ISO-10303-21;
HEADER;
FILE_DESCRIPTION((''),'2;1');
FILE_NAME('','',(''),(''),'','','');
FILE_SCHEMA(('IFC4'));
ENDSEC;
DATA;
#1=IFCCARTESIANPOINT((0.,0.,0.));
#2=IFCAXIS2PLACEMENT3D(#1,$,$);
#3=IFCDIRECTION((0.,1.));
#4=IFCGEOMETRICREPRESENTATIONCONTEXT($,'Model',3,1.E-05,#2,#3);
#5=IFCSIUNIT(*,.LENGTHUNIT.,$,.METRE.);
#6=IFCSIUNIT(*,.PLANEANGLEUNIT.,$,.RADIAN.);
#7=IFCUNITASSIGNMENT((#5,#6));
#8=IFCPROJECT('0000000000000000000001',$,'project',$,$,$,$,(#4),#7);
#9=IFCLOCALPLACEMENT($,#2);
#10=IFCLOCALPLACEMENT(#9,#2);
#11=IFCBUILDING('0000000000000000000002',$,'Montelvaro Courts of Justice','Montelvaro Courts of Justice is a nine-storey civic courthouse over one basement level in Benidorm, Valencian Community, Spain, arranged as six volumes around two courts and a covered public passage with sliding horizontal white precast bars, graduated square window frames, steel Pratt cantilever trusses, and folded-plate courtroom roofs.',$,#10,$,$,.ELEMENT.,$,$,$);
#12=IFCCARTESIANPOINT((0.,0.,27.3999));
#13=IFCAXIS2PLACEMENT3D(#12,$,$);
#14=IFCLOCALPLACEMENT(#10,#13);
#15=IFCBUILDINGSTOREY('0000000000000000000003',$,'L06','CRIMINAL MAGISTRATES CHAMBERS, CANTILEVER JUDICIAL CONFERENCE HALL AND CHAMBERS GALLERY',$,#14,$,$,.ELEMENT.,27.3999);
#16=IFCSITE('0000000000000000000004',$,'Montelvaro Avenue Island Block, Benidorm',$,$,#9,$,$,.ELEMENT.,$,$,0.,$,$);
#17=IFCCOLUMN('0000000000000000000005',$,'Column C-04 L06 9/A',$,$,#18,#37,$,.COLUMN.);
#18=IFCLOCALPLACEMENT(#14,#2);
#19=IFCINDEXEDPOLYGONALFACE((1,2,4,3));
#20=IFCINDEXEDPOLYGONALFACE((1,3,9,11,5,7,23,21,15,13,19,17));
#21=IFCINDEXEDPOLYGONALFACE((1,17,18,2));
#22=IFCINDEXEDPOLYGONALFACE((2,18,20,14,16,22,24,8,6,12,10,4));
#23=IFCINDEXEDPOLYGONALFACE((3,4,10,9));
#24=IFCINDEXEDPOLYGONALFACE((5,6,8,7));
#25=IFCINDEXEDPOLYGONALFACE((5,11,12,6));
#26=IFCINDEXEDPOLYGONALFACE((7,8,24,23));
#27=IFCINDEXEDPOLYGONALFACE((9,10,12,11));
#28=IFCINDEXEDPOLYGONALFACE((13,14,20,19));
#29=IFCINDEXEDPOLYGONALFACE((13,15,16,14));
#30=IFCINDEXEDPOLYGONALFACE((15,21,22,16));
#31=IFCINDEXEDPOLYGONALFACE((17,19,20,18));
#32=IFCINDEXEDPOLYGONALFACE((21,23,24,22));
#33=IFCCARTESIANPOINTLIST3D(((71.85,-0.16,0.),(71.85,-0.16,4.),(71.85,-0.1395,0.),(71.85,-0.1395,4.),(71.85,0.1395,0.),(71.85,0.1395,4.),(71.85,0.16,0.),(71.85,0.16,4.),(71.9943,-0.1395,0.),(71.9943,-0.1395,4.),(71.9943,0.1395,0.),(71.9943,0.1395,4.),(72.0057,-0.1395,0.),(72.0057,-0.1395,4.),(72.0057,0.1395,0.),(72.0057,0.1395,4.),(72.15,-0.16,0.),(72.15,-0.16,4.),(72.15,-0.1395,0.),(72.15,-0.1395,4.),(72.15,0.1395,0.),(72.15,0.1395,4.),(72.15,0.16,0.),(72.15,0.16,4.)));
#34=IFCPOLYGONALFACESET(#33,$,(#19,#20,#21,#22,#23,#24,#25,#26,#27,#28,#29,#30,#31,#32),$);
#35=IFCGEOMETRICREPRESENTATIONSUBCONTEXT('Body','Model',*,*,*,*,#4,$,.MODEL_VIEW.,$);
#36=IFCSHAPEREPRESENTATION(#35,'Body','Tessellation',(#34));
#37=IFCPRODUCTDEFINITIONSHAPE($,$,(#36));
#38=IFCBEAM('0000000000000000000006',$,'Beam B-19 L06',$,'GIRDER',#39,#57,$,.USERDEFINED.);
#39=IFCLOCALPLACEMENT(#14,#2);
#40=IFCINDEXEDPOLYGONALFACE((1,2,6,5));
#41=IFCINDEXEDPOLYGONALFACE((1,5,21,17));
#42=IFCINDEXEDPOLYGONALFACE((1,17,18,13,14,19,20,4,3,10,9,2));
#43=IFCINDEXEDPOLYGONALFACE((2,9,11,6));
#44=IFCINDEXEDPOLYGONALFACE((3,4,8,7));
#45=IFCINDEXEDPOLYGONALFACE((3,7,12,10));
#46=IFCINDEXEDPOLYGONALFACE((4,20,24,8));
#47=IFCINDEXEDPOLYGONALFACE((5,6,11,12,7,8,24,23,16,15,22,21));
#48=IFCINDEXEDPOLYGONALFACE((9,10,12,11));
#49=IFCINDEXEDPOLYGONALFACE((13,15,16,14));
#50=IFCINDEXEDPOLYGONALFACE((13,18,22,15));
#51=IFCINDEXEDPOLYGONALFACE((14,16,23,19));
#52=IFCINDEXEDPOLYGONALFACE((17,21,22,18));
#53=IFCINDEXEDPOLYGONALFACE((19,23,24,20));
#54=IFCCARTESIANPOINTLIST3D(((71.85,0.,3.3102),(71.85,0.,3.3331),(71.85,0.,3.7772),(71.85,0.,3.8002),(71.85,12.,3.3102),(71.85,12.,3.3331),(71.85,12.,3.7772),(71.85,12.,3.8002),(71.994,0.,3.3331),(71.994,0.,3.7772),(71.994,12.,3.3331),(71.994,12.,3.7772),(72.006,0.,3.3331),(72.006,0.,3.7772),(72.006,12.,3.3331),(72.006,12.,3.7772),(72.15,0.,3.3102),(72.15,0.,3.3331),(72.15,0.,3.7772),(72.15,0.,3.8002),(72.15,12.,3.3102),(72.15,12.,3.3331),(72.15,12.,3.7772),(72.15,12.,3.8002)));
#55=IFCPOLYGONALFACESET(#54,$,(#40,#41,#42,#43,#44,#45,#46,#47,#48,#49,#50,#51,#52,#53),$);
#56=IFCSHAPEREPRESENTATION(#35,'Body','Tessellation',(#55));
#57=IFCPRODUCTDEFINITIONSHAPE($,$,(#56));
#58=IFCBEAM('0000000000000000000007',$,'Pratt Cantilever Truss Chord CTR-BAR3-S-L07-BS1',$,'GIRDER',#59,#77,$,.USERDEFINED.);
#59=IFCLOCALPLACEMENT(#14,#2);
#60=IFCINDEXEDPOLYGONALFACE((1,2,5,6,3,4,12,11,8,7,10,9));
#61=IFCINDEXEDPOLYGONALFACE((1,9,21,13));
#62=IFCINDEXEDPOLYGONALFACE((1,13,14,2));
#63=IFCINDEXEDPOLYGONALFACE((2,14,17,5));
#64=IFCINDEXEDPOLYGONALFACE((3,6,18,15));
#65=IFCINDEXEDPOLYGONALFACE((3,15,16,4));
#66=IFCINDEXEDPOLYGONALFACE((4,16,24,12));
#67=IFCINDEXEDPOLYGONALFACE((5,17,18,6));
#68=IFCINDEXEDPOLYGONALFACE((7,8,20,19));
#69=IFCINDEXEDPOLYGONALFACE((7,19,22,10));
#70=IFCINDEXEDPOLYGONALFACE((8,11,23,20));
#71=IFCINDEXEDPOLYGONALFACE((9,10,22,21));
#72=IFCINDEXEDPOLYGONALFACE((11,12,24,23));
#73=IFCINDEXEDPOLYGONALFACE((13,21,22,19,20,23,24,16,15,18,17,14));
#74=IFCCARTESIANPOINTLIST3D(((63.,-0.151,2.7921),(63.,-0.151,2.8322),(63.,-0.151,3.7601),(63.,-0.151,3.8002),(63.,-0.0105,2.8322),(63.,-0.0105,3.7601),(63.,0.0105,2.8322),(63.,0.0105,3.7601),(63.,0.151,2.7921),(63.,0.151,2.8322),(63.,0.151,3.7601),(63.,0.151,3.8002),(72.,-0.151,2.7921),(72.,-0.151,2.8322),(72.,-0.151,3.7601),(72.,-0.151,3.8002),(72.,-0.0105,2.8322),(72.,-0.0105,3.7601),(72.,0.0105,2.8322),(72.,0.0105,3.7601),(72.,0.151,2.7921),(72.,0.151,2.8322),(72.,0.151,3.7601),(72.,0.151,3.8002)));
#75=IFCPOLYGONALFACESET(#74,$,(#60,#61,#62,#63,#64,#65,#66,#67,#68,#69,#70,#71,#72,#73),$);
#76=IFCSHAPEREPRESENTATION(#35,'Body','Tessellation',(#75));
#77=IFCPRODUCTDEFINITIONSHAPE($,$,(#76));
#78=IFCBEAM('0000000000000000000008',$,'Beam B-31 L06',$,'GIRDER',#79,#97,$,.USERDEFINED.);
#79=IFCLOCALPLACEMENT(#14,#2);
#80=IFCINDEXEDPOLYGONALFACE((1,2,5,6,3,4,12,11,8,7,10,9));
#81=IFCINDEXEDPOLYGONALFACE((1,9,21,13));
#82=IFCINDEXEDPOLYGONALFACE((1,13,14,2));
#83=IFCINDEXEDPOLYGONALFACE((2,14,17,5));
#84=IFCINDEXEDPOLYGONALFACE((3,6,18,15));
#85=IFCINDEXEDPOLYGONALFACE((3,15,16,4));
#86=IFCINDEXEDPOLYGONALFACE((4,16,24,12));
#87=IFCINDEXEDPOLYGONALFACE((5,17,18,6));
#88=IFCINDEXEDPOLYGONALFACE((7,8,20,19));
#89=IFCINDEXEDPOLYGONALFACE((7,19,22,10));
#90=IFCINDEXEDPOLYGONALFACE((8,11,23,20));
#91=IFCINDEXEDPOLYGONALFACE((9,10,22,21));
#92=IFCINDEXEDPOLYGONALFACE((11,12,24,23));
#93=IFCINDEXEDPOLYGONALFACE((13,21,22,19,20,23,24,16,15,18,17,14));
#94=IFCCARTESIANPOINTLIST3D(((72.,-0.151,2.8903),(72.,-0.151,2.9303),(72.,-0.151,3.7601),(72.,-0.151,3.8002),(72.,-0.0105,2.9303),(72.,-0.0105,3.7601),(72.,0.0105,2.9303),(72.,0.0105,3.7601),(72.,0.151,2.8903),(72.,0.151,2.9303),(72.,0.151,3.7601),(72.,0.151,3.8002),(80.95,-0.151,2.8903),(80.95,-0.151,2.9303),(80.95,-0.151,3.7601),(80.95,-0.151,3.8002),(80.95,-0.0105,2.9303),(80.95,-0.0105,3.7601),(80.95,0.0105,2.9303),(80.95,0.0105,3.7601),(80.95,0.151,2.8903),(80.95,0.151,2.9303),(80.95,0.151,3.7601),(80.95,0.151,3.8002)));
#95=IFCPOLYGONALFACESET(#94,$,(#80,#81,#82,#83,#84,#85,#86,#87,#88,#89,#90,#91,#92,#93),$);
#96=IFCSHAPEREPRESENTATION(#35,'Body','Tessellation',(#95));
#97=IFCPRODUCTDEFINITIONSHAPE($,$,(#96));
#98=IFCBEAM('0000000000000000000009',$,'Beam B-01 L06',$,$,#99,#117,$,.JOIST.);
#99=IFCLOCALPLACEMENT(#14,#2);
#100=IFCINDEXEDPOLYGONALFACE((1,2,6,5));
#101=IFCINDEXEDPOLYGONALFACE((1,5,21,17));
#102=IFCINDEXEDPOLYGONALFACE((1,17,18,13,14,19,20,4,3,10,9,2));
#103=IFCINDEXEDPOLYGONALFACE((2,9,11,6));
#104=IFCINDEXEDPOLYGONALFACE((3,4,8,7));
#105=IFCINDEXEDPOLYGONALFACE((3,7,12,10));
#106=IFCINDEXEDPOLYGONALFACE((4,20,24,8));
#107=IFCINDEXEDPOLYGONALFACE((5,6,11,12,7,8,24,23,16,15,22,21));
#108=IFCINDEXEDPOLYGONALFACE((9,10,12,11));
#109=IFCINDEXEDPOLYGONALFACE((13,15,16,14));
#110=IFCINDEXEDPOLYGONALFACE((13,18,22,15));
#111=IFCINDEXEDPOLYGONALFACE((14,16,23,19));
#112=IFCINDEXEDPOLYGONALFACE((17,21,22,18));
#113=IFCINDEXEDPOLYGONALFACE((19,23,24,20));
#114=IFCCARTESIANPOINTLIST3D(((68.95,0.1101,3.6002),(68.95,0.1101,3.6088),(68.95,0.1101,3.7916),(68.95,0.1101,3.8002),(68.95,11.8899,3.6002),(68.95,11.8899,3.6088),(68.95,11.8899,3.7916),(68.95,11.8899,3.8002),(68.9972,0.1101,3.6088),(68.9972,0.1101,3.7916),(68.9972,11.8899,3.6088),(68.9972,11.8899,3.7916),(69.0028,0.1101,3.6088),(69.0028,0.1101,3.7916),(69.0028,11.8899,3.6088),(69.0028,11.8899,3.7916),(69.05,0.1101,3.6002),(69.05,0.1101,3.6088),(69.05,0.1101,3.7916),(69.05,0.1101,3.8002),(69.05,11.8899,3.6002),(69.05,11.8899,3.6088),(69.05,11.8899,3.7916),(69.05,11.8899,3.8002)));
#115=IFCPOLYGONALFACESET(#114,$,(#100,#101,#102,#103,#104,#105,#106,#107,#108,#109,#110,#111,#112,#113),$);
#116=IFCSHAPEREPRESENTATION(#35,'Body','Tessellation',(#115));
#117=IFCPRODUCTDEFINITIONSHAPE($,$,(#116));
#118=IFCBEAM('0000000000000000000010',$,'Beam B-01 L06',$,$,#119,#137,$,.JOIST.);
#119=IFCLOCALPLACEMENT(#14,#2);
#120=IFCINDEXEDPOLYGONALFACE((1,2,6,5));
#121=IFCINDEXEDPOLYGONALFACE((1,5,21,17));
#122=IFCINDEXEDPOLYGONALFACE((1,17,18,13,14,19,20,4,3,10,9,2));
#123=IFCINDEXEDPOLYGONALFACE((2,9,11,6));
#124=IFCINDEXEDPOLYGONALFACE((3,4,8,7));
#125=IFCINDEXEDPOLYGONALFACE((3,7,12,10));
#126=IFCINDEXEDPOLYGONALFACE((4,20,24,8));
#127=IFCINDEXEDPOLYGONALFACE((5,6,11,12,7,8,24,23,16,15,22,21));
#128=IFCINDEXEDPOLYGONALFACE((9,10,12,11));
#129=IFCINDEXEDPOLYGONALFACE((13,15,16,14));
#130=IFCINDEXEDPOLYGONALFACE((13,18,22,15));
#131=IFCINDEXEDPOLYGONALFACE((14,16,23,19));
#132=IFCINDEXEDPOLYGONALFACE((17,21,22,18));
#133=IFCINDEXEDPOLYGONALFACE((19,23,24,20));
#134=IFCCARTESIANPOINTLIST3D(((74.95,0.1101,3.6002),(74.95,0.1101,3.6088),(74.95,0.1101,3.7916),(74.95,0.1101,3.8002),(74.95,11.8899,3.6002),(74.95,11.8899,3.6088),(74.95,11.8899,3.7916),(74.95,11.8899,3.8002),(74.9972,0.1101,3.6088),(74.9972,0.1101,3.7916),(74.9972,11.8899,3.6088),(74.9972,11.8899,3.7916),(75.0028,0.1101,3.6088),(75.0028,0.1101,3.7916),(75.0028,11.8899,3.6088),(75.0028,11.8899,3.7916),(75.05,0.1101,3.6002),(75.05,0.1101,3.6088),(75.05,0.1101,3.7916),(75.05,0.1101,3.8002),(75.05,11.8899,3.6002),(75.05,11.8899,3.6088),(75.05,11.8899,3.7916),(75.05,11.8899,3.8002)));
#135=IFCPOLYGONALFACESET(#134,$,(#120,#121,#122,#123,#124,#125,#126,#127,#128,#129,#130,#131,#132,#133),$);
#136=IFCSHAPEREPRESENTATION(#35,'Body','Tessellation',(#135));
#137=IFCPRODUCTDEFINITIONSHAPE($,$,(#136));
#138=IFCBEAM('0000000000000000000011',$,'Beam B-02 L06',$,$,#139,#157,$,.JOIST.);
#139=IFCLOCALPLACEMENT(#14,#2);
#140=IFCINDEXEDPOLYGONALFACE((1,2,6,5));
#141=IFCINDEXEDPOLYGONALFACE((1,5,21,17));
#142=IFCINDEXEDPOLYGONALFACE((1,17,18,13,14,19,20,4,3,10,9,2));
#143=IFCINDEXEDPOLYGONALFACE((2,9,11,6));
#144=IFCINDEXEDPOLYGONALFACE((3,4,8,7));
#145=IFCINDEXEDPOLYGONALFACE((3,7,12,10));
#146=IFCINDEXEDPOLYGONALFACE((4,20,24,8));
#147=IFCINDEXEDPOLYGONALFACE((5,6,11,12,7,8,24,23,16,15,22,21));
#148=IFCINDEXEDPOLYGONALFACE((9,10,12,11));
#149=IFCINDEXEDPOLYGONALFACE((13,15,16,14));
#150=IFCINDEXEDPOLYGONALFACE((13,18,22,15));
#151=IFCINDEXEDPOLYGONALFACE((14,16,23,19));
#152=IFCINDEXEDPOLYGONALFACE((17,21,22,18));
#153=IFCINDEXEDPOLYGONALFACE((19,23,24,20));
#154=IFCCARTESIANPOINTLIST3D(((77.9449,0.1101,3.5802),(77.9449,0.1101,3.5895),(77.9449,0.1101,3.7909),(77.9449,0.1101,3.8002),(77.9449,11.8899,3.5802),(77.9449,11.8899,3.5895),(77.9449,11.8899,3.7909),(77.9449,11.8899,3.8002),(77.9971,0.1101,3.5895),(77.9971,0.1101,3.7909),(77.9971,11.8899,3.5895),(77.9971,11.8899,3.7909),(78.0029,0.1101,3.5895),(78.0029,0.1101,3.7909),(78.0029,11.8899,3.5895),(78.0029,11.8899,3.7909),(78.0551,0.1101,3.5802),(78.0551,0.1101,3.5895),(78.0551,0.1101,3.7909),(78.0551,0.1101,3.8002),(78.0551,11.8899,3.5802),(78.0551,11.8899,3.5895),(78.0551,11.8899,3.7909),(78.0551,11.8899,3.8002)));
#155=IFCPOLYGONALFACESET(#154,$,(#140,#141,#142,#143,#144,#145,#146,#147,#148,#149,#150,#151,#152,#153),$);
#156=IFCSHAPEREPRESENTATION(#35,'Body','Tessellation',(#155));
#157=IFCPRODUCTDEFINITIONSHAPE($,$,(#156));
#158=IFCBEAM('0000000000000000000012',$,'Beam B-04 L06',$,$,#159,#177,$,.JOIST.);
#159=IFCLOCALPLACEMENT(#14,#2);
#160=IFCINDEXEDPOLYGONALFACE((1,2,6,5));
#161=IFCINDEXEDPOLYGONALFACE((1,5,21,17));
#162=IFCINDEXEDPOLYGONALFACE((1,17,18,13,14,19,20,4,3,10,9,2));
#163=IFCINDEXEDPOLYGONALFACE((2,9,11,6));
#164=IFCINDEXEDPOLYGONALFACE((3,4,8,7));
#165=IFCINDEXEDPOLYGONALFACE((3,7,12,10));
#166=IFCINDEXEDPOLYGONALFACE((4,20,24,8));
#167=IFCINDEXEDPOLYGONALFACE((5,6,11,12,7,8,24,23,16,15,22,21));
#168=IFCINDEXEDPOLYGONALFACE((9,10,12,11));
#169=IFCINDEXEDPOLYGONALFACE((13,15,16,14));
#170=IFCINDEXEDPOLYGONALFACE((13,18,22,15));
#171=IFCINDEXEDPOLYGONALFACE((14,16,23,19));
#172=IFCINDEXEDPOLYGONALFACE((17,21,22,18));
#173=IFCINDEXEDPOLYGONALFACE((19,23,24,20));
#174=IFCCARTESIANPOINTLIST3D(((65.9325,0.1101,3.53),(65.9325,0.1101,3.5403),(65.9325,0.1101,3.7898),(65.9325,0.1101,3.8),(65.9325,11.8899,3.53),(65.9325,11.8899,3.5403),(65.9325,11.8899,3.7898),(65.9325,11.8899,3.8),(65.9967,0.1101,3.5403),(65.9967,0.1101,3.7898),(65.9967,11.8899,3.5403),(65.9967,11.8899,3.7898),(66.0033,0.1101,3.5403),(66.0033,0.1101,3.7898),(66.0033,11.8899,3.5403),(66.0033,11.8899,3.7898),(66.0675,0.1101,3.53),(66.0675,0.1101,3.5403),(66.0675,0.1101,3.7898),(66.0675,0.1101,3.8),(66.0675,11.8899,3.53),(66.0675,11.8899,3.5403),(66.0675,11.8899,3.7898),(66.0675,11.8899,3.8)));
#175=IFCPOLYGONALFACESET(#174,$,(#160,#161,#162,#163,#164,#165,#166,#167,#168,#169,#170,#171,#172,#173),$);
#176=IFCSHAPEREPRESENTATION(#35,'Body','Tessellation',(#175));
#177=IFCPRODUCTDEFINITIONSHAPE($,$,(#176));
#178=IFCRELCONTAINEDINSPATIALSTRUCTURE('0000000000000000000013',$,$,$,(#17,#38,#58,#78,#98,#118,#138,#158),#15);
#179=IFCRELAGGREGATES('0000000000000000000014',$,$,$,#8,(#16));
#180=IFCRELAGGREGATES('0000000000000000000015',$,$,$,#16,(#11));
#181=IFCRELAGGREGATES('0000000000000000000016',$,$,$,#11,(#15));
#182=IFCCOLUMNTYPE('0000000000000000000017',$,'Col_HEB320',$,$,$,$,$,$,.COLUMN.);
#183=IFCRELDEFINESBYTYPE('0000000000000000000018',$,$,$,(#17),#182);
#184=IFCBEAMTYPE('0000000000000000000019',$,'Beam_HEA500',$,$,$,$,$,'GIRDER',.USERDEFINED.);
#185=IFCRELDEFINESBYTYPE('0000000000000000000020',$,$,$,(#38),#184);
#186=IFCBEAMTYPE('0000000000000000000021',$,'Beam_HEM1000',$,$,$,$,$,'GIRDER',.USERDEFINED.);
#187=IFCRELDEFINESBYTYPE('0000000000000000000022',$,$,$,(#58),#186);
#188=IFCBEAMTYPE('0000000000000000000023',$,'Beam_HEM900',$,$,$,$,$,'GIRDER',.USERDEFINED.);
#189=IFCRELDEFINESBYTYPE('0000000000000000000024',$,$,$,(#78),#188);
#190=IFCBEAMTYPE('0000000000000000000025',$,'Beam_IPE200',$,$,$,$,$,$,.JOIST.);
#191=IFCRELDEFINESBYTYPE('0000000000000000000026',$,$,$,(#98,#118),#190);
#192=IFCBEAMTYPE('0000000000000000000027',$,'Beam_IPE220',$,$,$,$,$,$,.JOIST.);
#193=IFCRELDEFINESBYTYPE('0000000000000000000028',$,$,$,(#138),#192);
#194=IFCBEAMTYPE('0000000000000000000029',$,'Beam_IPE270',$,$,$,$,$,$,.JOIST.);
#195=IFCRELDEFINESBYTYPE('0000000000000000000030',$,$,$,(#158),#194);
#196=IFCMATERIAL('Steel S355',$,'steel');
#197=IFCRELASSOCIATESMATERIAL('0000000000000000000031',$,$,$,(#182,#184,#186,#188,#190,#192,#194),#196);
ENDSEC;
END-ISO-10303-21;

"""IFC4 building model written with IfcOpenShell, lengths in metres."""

from ifc_helpers import new_model, si_unit, direction, frame, origin, origin_2d, place, context, subcontext, project, spatial, i_section, extrude, material, material_profile, profile_set, type_object, element, save


model = new_model("IFC4")

# Units and contexts
model_context = context("Model", 3, precision=1e-05, world=origin(), true_north=direction((0.0, 1.0)))
body_context = subcontext(model_context, "Body", "Model", "MODEL_VIEW")
ifc_project = project(units=[si_unit("LENGTHUNIT", "METRE"), si_unit("PLANEANGLEUNIT", "RADIAN")], contexts=[model_context])

# Site, building, storey
site_placement = place(None, origin())
site = spatial("IfcSite", under=ifc_project, at=site_placement, Name="Montelvaro Avenue Island Block, Benidorm", CompositionType="ELEMENT", RefElevation=0.0)
building_placement = place(site_placement, origin())
building = spatial("IfcBuilding", under=site, at=building_placement, Name="Montelvaro Courts of Justice", Description="Montelvaro Courts of Justice is a nine-storey civic courthouse over one basement level in Benidorm, Valencian Community, Spain, arranged as six volumes around two courts and a covered public passage with sliding horizontal white precast bars, graduated square window frames, steel Pratt cantilever trusses, and folded-plate courtroom roofs.", CompositionType="ELEMENT")
storey_placement = place(building_placement, frame((0.0, 0.0, 27.3999)))
storey = spatial("IfcBuildingStorey", under=building, at=storey_placement, Name="L06", Description="CRIMINAL MAGISTRATES CHAMBERS, CANTILEVER JUDICIAL CONFERENCE HALL AND CHAMBERS GALLERY", CompositionType="ELEMENT", Elevation=27.3999)

# Column
ifc_material_1 = material(Name="Steel S355", Category="steel")
ifc_material_profile_1 = material_profile(ifc_material_1, i_section(OverallWidth=0.3, OverallDepth=0.3201, WebThickness=0.0115, FlangeThickness=0.0205, at=origin_2d()), Name="HEB 320")
ifc_profile_set_1 = profile_set([ifc_material_profile_1], Name="Steel S355")
column_type = type_object("IfcColumnType", Name="Col_HEB320", PredefinedType="COLUMN", material=ifc_profile_set_1)
column_placement = place(storey_placement, frame((72.0, 0.0, 0.0), z_axis=(0.0, 0.0, 1.0), x_axis=(1.0, 0.0, 0.0)))
element("IfcColumn", 1, at=column_placement, inside=storey, type_object=column_type, Name="Column C-04 L06 9/A", PredefinedType="COLUMN", context=body_context, shape_type="SweptSolid", body=[
    extrude(i_section(OverallWidth=0.3, OverallDepth=0.3201, WebThickness=0.0115, FlangeThickness=0.0205, at=origin_2d()), origin(), (0.0, 0.0, 1.0), 4.0),
])

# Beams
ifc_material_profile_2 = material_profile(ifc_material_1, i_section(OverallWidth=0.3, OverallDepth=0.49, WebThickness=0.012, FlangeThickness=0.0229, at=origin_2d()), Name="HEA 500")
ifc_profile_set_2 = profile_set([ifc_material_profile_2], Name="Steel S355")
beam_type_1 = type_object("IfcBeamType", Name="Beam_HEA500", ElementType="GIRDER", PredefinedType="USERDEFINED", material=ifc_profile_set_2)
beam_1_placement = place(storey_placement, frame((72.0, 0.0, 3.5552), z_axis=(0.0, 1.0, 0.0), x_axis=(-1.0, 0.0, 0.0)))
element("IfcBeam", 2, at=beam_1_placement, inside=storey, type_object=beam_type_1, Name="Beam B-19 L06", ObjectType="GIRDER", PredefinedType="USERDEFINED", context=body_context, shape_type="SweptSolid", body=[
    extrude(i_section(OverallWidth=0.3, OverallDepth=0.49, WebThickness=0.012, FlangeThickness=0.0229, at=origin_2d()), origin(), (0.0, 0.0, 1.0), 12.0),
])
ifc_material_profile_3 = material_profile(ifc_material_1, i_section(OverallWidth=0.302, OverallDepth=1.0081, WebThickness=0.021, FlangeThickness=0.04, at=origin_2d()), Name="HEM 1000")
ifc_profile_set_3 = profile_set([ifc_material_profile_3], Name="Steel S355")
beam_type_2 = type_object("IfcBeamType", Name="Beam_HEM1000", ElementType="GIRDER", PredefinedType="USERDEFINED", material=ifc_profile_set_3)
beam_2_placement = place(storey_placement, frame((72.0, 0.0, 3.2961), z_axis=(-1.0, 0.0, 0.0), x_axis=(0.0, -1.0, 0.0)))
element("IfcBeam", 3, at=beam_2_placement, inside=storey, type_object=beam_type_2, Name="Pratt Cantilever Truss Chord CTR-BAR3-S-L07-BS1", ObjectType="GIRDER", PredefinedType="USERDEFINED", context=body_context, shape_type="SweptSolid", body=[
    extrude(i_section(OverallWidth=0.302, OverallDepth=1.0081, WebThickness=0.021, FlangeThickness=0.04, at=origin_2d()), origin(), (0.0, 0.0, 1.0), 9.0),
])
ifc_material_profile_4 = material_profile(ifc_material_1, i_section(OverallWidth=0.302, OverallDepth=0.9099, WebThickness=0.021, FlangeThickness=0.04, at=origin_2d()), Name="HEM 900")
ifc_profile_set_4 = profile_set([ifc_material_profile_4], Name="Steel S355")
beam_type_3 = type_object("IfcBeamType", Name="Beam_HEM900", ElementType="GIRDER", PredefinedType="USERDEFINED", material=ifc_profile_set_4)
beam_3_placement = place(storey_placement, frame((72.0, 0.0, 3.3452), z_axis=(1.0, 0.0, 0.0), x_axis=(0.0, 1.0, 0.0)))
element("IfcBeam", 4, at=beam_3_placement, inside=storey, type_object=beam_type_3, Name="Beam B-31 L06", ObjectType="GIRDER", PredefinedType="USERDEFINED", context=body_context, shape_type="SweptSolid", body=[
    extrude(i_section(OverallWidth=0.302, OverallDepth=0.9099, WebThickness=0.021, FlangeThickness=0.04, at=origin_2d()), origin(), (0.0, 0.0, 1.0), 8.95),
])
ifc_material_profile_5 = material_profile(ifc_material_1, i_section(OverallWidth=0.1001, OverallDepth=0.2, WebThickness=0.0056, FlangeThickness=0.0085, at=origin_2d()), Name="IPE 200")
ifc_profile_set_5 = profile_set([ifc_material_profile_5], Name="Steel S355")
beam_type_4 = type_object("IfcBeamType", Name="Beam_IPE200", PredefinedType="JOIST", material=ifc_profile_set_5)
for number, where, z_axis, x_axis, name in (
    (5, (69.0, 0.1101, 3.7002), (0.0, 1.0, 0.0), (-1.0, 0.0, 0.0), "Beam B-01 L06"),
    (6, (75.0, 0.1101, 3.7002), (0.0, 1.0, 0.0), (-1.0, 0.0, 0.0), "Beam B-01 L06"),
):
    element("IfcBeam", number, at=place(storey_placement, frame(where, z_axis=z_axis, x_axis=x_axis)), inside=storey, type_object=beam_type_4, Name=name, PredefinedType="JOIST", context=body_context, shape_type="SweptSolid", body=[
        extrude(i_section(OverallWidth=0.1001, OverallDepth=0.2, WebThickness=0.0056, FlangeThickness=0.0085, at=origin_2d()), origin(), (0.0, 0.0, 1.0), 11.7798),
    ])
ifc_material_profile_6 = material_profile(ifc_material_1, i_section(OverallWidth=0.1101, OverallDepth=0.22, WebThickness=0.0059, FlangeThickness=0.0093, at=origin_2d()), Name="IPE 220")
ifc_profile_set_6 = profile_set([ifc_material_profile_6], Name="Steel S355")
beam_type_5 = type_object("IfcBeamType", Name="Beam_IPE220", PredefinedType="JOIST", material=ifc_profile_set_6)
beam_4_placement = place(storey_placement, frame((78.0, 0.1101, 3.6902), z_axis=(0.0, 1.0, 0.0), x_axis=(-1.0, 0.0, 0.0)))
element("IfcBeam", 7, at=beam_4_placement, inside=storey, type_object=beam_type_5, Name="Beam B-02 L06", PredefinedType="JOIST", context=body_context, shape_type="SweptSolid", body=[
    extrude(i_section(OverallWidth=0.1101, OverallDepth=0.22, WebThickness=0.0059, FlangeThickness=0.0093, at=origin_2d()), origin(), (0.0, 0.0, 1.0), 11.7798),
])
ifc_material_profile_7 = material_profile(ifc_material_1, i_section(OverallWidth=0.135, OverallDepth=0.27, WebThickness=0.0066, FlangeThickness=0.0103, at=origin_2d()), Name="IPE 270")
ifc_profile_set_7 = profile_set([ifc_material_profile_7], Name="Steel S355")
beam_type_6 = type_object("IfcBeamType", Name="Beam_IPE270", PredefinedType="JOIST", material=ifc_profile_set_7)
beam_5_placement = place(storey_placement, frame((66.0, 0.1101, 3.665), z_axis=(0.0, 1.0, 0.0), x_axis=(-1.0, 0.0, 0.0)))
element("IfcBeam", 8, at=beam_5_placement, inside=storey, type_object=beam_type_6, Name="Beam B-04 L06", PredefinedType="JOIST", context=body_context, shape_type="SweptSolid", body=[
    extrude(i_section(OverallWidth=0.135, OverallDepth=0.27, WebThickness=0.0066, FlangeThickness=0.0103, at=origin_2d()), origin(), (0.0, 0.0, 1.0), 11.7798),
])

save(model, "model.ifc")
